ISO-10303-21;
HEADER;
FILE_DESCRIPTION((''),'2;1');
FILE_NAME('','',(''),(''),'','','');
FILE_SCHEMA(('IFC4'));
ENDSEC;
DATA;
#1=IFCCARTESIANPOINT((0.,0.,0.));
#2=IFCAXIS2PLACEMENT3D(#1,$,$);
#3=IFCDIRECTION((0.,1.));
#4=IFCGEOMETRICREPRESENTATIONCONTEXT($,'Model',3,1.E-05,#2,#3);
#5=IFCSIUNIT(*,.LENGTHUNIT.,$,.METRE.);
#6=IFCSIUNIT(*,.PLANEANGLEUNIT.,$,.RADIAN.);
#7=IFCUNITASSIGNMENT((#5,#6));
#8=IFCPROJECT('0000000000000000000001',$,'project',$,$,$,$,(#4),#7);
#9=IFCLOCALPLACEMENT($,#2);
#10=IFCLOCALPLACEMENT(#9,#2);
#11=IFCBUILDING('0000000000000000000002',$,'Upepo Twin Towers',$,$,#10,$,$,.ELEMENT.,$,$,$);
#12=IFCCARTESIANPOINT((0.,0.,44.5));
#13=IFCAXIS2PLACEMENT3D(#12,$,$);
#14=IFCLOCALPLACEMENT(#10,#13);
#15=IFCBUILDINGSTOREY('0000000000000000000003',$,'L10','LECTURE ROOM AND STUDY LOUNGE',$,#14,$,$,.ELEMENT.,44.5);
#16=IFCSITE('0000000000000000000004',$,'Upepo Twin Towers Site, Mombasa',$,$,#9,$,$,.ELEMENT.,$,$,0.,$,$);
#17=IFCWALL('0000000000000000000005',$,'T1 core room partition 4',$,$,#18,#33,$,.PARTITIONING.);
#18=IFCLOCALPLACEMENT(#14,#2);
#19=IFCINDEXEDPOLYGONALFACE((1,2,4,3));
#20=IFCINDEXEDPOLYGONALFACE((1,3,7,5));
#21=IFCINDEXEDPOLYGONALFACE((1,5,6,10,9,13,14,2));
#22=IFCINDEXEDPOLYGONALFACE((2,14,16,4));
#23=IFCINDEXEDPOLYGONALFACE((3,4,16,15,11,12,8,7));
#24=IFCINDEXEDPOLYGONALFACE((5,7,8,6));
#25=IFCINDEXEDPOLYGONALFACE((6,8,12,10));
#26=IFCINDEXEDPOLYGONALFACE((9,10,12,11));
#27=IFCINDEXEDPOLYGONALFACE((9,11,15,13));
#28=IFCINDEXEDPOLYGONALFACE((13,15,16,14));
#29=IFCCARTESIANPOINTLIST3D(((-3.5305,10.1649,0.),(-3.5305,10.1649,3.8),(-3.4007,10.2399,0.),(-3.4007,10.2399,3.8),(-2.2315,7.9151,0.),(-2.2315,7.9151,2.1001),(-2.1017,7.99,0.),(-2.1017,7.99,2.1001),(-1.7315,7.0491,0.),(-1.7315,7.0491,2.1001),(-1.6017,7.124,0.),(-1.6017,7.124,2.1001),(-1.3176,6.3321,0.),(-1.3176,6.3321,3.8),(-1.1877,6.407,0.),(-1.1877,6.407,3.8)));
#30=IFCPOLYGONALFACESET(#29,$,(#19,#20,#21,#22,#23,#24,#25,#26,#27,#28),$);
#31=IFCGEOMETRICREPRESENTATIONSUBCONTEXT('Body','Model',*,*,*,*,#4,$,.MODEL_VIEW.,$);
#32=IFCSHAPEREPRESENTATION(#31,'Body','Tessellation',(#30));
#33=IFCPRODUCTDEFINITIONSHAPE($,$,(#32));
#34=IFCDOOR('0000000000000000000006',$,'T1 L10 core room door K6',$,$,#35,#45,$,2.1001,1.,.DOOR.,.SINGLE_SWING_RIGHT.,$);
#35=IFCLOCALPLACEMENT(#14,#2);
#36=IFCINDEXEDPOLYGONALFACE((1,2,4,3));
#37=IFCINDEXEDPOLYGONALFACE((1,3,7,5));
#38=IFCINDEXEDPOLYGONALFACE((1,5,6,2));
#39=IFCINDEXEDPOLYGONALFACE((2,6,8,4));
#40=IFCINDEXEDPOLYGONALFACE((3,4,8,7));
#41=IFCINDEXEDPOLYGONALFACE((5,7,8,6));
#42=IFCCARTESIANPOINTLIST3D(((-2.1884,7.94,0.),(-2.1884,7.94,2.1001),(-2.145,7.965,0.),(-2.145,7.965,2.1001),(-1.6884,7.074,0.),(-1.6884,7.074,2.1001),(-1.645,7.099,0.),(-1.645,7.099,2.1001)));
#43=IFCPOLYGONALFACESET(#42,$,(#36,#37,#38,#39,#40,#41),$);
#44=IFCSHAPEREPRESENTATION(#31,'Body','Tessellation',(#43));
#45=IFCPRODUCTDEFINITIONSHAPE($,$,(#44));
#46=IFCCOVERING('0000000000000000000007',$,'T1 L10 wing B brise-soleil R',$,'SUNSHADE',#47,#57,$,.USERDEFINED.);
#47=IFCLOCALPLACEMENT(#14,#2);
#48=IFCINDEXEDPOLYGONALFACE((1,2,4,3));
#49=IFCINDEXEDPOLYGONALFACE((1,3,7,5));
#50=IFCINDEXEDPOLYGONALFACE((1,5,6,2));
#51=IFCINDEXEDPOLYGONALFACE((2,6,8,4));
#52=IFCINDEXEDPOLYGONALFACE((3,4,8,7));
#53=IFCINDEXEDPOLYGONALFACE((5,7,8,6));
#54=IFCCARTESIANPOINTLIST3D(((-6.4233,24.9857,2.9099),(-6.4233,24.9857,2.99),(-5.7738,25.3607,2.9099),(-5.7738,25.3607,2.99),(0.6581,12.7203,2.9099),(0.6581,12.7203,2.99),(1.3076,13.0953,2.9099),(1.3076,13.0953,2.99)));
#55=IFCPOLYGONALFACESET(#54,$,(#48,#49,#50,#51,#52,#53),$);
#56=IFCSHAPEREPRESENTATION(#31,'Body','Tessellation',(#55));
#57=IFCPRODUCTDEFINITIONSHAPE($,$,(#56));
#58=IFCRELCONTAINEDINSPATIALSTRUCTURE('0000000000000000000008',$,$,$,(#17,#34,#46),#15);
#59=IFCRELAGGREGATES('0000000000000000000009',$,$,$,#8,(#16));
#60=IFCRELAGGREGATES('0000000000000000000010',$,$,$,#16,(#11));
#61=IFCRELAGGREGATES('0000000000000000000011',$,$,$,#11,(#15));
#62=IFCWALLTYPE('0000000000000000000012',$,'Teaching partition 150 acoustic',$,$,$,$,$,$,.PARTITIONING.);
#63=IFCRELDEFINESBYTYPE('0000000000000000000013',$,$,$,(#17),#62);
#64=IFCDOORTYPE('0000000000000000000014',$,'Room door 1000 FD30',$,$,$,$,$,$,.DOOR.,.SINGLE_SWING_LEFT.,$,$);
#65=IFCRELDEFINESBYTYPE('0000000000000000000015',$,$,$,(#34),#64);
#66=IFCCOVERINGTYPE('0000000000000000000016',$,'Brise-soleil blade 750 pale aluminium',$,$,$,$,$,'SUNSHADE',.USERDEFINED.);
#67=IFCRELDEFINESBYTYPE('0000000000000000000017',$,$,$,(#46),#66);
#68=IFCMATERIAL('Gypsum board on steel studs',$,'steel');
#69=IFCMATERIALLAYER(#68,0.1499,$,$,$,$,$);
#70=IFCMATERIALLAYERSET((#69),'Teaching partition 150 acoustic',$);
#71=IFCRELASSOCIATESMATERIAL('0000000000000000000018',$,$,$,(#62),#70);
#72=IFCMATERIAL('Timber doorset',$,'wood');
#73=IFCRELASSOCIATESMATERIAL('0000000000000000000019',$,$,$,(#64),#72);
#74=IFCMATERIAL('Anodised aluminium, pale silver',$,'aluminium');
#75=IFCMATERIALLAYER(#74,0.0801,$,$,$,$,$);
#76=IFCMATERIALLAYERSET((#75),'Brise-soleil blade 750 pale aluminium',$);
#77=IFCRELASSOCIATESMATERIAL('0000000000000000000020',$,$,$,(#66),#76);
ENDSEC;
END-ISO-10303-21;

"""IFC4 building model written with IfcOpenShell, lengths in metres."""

from ifc_helpers import new_model, si_unit, direction, frame, frame_2d, origin, origin_2d, place, context, subcontext, project, spatial, rectangle, extrude, material, layer, layer_set, type_object, element, fill, save


model = new_model("IFC4")

# Units and contexts
model_context = context("Model", 3, precision=1e-05, world=origin(), true_north=direction((0.0, 1.0)))
body_context = subcontext(model_context, "Body", "Model", "MODEL_VIEW")
ifc_project = project(units=[si_unit("LENGTHUNIT", "METRE"), si_unit("PLANEANGLEUNIT", "RADIAN")], contexts=[model_context])

# Site, building, storey
site_placement = place(None, origin())
site = spatial("IfcSite", under=ifc_project, at=site_placement, Name="Upepo Twin Towers Site, Mombasa", CompositionType="ELEMENT", RefElevation=0.0)
building_placement = place(site_placement, origin())
building = spatial("IfcBuilding", under=site, at=building_placement, Name="Upepo Twin Towers", CompositionType="ELEMENT")
storey_placement = place(building_placement, frame((0.0, 0.0, 44.5)))
storey = spatial("IfcBuildingStorey", under=building, at=storey_placement, Name="L10", Description="LECTURE ROOM AND STUDY LOUNGE", CompositionType="ELEMENT", Elevation=44.5)

# Wall, opening, door
ifc_material_1 = material(Name="Gypsum board on steel studs", Category="steel")
ifc_layer_1 = layer(ifc_material_1, 0.1499)
ifc_layer_set_1 = layer_set([ifc_layer_1], Name="Teaching partition 150 acoustic")
wall_type_1 = type_object("IfcWallType", Name="Teaching partition 150 acoustic", PredefinedType="PARTITIONING", material=ifc_layer_set_1)
wall_1_placement = place(storey_placement, frame((-3.4656, 10.2024, 0.0), z_axis=(0.0, 0.0, 1.0), x_axis=(0.500007, -0.866021, 0.0)))
wall_1 = element("IfcWall", 1, at=wall_1_placement, inside=storey, type_object=wall_type_1, Name="T1 core room partition 4", PredefinedType="PARTITIONING", context=body_context, shape_type="SweptSolid", body=[
    extrude(rectangle(XDim=4.4258, YDim=0.1499, at=frame_2d((2.2129, 0.0))), origin(), (0.0, 0.0, 1.0), 3.8),
])
opening_placement = place(wall_1_placement, frame((2.5979, 0.0, 0.0)))
opening = element("IfcOpeningElement", 2, at=opening_placement, cuts=wall_1, PredefinedType="OPENING", context=body_context, shape_type="SweptSolid", body=[
    extrude(rectangle(XDim=1.0, YDim=2.1001, at=frame_2d((0.5, 1.05))), frame((0.0, 0.085, 0.0), z_axis=(0.0, -1.0, 0.0), x_axis=(1.0, 0.0, 0.0)), (0.0, 0.0, 1.0), 0.1699),
])
ifc_material_2 = material(Name="Timber doorset", Category="wood")
door_type = type_object("IfcDoorType", Name="Room door 1000 FD30", OperationType="SINGLE_SWING_LEFT", PredefinedType="DOOR", material=ifc_material_2)
door_placement = place(opening_placement, origin())
door = element("IfcDoor", 3, at=door_placement, inside=storey, type_object=door_type, Name="T1 L10 core room door K6", OperationType="SINGLE_SWING_RIGHT", OverallHeight=2.1001, OverallWidth=1.0, PredefinedType="DOOR", context=body_context, shape_type="SweptSolid", body=[
    extrude(rectangle(XDim=1.0, YDim=2.1001, at=frame_2d((0.5, 1.05))), frame((0.0, 0.0249, 0.0), z_axis=(0.0, -1.0, 0.0), x_axis=(1.0, 0.0, 0.0)), (0.0, 0.0, 1.0), 0.05),
])
fill(opening, door)

# Covering
ifc_material_3 = material(Name="Anodised aluminium, pale silver", Category="aluminium")
ifc_layer_2 = layer(ifc_material_3, 0.0801)
ifc_layer_set_2 = layer_set([ifc_layer_2], Name="Brise-soleil blade 750 pale aluminium")
covering_type = type_object("IfcCoveringType", Name="Brise-soleil blade 750 pale aluminium", ElementType="SUNSHADE", PredefinedType="USERDEFINED", material=ifc_layer_set_2)
covering_placement = place(storey_placement, frame((-2.5579, 19.0405, 2.9099), z_axis=(0.0, 0.0, 1.0), x_axis=(-0.5, 0.866025, 0.0)))
element("IfcCovering", 4, at=covering_placement, inside=storey, type_object=covering_type, Name="T1 L10 wing B brise-soleil R", ObjectType="SUNSHADE", PredefinedType="USERDEFINED", context=body_context, shape_type="SweptSolid", body=[
    extrude(rectangle(XDim=14.1628, YDim=0.75, at=origin_2d()), origin(), (0.0, 0.0, 1.0), 0.0801),
])

save(model, "model.ifc")
